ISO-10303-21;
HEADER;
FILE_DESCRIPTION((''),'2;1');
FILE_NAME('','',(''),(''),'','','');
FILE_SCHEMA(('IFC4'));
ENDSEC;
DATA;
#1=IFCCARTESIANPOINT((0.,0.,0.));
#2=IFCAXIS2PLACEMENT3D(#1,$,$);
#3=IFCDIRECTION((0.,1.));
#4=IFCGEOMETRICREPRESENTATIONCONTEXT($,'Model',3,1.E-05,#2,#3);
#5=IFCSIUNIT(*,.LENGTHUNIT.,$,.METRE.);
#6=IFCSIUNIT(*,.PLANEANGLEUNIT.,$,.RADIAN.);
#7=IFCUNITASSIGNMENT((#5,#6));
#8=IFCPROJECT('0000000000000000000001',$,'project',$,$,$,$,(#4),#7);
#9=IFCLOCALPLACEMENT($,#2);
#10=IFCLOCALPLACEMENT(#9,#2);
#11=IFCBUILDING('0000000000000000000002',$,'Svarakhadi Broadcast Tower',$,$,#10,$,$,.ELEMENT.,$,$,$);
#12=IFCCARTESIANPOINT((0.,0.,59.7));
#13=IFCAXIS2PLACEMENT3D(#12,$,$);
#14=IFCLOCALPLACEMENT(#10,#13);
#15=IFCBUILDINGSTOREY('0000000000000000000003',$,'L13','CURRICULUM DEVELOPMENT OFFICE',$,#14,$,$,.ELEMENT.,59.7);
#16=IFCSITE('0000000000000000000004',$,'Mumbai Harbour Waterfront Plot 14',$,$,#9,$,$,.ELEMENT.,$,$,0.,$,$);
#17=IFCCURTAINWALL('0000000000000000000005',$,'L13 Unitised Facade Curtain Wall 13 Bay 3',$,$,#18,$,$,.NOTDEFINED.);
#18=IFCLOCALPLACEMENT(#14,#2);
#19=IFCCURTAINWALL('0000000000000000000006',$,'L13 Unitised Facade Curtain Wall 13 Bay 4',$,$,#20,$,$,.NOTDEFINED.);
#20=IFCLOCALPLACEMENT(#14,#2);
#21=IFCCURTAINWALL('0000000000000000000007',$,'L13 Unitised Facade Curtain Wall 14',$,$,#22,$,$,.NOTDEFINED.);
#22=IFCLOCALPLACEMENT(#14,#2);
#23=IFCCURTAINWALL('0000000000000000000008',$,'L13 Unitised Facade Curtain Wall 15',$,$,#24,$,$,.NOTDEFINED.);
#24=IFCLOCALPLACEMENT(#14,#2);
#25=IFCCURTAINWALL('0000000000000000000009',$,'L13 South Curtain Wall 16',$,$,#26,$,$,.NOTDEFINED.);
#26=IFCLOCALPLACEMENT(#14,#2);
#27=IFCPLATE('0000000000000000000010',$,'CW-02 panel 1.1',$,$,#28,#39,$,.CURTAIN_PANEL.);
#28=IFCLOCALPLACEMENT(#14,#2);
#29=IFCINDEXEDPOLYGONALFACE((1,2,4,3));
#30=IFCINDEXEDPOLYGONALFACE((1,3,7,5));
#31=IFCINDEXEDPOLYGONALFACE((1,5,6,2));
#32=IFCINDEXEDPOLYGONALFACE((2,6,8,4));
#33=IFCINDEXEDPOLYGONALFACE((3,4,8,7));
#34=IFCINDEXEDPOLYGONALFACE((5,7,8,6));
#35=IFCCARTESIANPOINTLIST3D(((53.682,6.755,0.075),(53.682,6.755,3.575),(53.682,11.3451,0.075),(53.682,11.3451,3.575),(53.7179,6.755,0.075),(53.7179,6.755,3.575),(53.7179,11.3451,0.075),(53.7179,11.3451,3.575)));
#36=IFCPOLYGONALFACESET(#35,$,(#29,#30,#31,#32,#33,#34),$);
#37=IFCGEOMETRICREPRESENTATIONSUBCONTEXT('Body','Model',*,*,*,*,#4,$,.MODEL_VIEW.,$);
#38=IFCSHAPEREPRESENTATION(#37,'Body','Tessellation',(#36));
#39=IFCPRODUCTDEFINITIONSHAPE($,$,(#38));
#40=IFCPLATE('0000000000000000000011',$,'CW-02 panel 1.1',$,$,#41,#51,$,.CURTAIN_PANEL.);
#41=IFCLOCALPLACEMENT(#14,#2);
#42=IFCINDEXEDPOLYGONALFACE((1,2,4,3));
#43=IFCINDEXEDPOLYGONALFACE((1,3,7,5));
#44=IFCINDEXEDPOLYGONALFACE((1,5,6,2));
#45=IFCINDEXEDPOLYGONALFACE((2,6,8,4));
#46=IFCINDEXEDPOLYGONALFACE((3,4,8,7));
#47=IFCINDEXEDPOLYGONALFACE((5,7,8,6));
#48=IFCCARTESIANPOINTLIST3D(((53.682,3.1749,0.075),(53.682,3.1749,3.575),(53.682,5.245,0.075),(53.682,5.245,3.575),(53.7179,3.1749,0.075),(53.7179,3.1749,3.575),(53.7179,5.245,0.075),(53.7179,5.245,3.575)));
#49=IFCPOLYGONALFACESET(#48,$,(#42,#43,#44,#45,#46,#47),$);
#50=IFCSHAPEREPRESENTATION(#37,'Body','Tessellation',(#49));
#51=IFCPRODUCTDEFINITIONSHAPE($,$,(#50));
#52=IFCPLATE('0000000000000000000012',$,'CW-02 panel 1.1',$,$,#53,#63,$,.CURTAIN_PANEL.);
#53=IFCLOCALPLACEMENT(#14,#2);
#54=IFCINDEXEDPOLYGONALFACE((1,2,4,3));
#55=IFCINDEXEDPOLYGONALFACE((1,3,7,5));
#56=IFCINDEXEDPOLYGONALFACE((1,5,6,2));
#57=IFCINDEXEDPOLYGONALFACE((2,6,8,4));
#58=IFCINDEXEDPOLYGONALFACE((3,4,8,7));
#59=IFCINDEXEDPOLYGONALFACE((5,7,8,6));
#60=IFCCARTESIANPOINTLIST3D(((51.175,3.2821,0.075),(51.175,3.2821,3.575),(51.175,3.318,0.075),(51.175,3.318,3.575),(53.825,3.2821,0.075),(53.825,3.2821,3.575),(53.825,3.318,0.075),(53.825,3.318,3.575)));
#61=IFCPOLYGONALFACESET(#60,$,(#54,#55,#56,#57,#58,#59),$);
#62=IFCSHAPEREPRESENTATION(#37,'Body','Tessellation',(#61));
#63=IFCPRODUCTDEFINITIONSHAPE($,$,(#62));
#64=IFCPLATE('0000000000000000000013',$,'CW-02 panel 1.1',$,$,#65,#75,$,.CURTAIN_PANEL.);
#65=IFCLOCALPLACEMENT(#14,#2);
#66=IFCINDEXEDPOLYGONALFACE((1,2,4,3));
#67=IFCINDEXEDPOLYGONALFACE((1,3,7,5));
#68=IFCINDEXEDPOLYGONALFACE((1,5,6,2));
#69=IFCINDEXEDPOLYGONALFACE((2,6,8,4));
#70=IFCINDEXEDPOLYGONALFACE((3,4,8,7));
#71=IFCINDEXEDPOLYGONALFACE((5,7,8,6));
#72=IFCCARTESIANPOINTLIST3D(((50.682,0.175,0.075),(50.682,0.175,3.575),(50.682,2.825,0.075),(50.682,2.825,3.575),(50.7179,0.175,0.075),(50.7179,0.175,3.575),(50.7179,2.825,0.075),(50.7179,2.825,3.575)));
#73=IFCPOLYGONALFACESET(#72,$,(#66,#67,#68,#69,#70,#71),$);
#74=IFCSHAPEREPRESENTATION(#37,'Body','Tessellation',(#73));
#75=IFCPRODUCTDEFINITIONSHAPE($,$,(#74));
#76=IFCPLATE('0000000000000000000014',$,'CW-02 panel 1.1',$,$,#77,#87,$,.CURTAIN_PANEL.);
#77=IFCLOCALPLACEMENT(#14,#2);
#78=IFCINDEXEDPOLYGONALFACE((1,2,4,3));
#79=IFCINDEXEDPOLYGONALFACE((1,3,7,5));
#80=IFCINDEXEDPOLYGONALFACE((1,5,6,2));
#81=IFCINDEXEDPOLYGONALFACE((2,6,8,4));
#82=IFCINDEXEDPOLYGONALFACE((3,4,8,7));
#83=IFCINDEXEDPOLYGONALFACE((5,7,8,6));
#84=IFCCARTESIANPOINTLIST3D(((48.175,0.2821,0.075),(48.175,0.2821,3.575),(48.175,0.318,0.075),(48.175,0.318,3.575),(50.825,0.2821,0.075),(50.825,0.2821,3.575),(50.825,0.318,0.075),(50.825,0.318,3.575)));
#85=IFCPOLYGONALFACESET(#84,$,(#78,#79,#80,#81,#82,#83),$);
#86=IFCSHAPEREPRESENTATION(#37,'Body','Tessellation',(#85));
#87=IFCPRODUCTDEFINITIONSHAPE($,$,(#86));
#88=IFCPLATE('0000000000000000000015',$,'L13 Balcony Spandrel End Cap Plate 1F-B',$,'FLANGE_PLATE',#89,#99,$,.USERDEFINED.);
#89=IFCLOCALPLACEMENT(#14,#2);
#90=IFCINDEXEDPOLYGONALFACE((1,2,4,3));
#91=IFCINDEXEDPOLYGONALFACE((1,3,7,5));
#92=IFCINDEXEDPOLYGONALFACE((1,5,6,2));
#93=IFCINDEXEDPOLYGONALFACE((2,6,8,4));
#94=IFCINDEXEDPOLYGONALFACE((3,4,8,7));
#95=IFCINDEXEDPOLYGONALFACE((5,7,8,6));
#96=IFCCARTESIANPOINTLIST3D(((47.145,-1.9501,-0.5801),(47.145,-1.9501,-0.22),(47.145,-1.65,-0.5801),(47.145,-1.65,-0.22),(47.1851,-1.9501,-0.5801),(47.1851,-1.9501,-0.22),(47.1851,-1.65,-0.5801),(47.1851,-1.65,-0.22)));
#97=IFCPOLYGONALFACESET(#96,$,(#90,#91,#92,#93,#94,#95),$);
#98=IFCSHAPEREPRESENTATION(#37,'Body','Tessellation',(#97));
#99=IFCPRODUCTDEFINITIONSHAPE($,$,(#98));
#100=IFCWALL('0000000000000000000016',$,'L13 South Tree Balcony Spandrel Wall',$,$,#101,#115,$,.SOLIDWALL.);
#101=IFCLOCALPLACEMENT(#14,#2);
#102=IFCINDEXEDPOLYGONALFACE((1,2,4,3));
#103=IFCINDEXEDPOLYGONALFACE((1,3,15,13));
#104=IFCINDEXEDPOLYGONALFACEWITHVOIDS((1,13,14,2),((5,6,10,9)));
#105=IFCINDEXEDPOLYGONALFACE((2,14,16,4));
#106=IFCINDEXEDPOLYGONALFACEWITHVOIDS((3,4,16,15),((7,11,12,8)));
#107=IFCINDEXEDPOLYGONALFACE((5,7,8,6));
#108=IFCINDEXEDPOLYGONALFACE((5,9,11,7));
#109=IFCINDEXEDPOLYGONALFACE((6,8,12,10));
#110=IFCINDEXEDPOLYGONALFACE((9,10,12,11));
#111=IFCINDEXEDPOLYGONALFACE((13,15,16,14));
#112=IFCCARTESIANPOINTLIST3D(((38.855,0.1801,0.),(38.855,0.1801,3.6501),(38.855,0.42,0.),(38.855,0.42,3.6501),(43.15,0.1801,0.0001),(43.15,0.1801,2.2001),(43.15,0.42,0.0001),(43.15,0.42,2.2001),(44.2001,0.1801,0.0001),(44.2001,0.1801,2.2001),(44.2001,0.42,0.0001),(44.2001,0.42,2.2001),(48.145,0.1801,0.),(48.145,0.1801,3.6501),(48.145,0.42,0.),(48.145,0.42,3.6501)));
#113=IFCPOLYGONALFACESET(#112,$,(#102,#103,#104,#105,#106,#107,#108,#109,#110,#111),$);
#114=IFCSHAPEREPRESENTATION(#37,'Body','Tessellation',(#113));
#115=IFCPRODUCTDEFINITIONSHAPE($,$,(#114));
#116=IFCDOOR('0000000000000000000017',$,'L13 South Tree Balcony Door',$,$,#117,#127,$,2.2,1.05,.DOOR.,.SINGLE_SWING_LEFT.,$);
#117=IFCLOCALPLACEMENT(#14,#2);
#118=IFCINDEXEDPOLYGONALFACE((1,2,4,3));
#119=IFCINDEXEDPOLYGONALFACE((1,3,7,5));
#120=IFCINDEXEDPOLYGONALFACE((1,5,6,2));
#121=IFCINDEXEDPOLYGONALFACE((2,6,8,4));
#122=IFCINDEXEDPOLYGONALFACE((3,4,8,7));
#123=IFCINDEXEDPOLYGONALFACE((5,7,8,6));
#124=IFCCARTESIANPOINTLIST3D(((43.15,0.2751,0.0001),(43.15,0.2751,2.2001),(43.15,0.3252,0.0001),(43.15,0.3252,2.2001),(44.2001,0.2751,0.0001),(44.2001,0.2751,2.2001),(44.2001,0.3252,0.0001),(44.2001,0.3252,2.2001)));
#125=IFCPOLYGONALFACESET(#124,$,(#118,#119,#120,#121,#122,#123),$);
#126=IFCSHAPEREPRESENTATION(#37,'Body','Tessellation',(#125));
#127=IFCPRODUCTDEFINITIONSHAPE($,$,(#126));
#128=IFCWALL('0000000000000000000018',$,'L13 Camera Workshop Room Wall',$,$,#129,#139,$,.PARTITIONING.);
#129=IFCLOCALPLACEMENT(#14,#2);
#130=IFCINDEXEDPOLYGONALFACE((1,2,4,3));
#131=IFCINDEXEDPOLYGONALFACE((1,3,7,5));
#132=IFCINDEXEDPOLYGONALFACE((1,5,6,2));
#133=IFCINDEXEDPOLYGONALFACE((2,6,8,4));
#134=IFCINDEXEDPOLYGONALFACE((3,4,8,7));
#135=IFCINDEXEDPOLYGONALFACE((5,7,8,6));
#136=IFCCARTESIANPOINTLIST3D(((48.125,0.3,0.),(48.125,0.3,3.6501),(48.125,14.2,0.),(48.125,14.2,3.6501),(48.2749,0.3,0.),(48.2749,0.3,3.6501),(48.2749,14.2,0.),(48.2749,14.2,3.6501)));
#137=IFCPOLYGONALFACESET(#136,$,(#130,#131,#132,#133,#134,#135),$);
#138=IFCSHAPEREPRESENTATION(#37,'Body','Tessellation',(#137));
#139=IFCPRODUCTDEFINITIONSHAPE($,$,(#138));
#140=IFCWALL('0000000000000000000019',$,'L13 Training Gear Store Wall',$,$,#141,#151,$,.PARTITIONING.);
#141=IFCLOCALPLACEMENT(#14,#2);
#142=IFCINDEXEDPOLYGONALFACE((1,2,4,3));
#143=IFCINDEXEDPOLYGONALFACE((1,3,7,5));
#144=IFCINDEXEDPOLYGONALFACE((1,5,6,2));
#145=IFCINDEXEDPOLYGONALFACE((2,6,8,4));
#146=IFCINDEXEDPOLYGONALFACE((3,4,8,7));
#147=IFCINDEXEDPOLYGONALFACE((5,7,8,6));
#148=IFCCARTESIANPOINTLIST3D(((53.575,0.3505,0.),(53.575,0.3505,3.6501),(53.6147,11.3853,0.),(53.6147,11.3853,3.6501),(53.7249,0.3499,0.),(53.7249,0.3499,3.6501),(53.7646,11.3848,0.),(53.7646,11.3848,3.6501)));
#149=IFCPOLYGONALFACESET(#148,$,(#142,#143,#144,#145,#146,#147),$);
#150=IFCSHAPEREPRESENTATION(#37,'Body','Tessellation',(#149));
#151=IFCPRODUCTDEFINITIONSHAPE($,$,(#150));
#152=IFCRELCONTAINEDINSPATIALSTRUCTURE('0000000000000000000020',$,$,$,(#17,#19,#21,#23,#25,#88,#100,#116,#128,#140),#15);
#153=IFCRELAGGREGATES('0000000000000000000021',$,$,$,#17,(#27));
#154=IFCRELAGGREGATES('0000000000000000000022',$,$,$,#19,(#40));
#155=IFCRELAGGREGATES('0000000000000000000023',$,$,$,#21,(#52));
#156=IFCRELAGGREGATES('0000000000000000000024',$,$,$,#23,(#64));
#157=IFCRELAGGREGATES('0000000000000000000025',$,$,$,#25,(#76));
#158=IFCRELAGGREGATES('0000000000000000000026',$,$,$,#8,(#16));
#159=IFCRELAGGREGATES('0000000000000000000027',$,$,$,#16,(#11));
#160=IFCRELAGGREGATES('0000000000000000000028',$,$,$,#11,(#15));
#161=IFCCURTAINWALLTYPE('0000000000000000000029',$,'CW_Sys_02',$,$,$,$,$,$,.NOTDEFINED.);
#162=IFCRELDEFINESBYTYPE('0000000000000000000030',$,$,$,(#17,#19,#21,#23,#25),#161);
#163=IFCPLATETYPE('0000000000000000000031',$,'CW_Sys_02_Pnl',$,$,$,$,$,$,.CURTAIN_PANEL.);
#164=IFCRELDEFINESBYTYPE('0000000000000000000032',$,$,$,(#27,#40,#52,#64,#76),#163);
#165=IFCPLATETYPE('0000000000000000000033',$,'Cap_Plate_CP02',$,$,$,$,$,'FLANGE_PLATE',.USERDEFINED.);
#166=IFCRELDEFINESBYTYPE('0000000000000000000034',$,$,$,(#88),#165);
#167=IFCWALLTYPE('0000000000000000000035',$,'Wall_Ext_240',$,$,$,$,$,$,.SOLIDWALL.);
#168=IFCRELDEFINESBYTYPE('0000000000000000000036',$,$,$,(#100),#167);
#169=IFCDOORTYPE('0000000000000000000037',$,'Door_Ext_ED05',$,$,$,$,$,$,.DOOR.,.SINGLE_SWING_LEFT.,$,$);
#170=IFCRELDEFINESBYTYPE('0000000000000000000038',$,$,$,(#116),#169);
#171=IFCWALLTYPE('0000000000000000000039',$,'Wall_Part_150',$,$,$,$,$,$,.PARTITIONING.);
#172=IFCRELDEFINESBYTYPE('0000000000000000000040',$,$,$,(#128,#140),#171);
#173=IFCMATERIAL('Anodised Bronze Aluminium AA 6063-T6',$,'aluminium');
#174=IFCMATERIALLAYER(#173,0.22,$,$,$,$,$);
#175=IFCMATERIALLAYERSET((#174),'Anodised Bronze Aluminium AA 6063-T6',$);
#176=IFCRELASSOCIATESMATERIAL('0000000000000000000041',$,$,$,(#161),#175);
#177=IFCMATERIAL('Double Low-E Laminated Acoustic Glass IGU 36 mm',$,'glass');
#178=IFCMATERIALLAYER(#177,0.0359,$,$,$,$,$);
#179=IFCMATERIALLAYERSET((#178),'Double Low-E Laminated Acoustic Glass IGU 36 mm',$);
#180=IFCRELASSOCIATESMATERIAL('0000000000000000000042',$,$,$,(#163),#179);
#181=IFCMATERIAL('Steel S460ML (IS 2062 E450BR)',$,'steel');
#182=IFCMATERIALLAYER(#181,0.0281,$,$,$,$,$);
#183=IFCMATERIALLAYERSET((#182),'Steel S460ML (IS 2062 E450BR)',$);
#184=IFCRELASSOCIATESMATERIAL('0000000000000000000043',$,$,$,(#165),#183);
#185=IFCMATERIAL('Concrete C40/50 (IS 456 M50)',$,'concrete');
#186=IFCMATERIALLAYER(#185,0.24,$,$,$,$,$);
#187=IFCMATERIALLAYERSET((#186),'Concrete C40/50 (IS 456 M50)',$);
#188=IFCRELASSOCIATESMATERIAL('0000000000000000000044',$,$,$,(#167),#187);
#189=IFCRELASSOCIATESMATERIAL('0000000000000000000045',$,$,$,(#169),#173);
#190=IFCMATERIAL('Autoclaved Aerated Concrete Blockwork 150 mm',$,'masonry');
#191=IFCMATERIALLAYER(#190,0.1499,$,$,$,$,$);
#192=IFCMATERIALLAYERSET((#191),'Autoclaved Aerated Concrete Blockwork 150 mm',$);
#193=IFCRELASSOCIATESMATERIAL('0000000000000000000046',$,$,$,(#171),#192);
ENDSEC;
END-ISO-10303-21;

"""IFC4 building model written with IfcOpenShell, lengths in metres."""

from ifc_helpers import new_model, si_unit, direction, frame, frame_2d, origin, origin_2d, place, context, subcontext, project, spatial, rectangle, extrude, material, layer, layer_set, type_object, element, fill, aggregate, save


model = new_model("IFC4")

# Units and contexts
model_context = context("Model", 3, precision=1e-05, world=origin(), true_north=direction((0.0, 1.0)))
body_context = subcontext(model_context, "Body", "Model", "MODEL_VIEW")
ifc_project = project(units=[si_unit("LENGTHUNIT", "METRE"), si_unit("PLANEANGLEUNIT", "RADIAN")], contexts=[model_context])

# Site, building, storey
site_placement = place(None, origin())
site = spatial("IfcSite", under=ifc_project, at=site_placement, Name="Mumbai Harbour Waterfront Plot 14", CompositionType="ELEMENT", RefElevation=0.0)
building_placement = place(site_placement, origin())
building = spatial("IfcBuilding", under=site, at=building_placement, Name="Svarakhadi Broadcast Tower", CompositionType="ELEMENT")
storey_placement = place(building_placement, frame((0.0, 0.0, 59.7)))
storey = spatial("IfcBuildingStorey", under=building, at=storey_placement, Name="L13", Description="CURRICULUM DEVELOPMENT OFFICE", CompositionType="ELEMENT", Elevation=59.7)

# Shared definitions
ifc_material_1 = material(Name="Steel S460ML (IS 2062 E450BR)", Category="steel")

# Curtain walls
ifc_material_2 = material(Name="Anodised Bronze Aluminium AA 6063-T6", Category="aluminium")
ifc_layer_1 = layer(ifc_material_2, 0.22)
ifc_layer_set_1 = layer_set([ifc_layer_1], Name="Anodised Bronze Aluminium AA 6063-T6")
curtain_wall_type = type_object("IfcCurtainWallType", Name="CW_Sys_02", PredefinedType="NOTDEFINED", material=ifc_layer_set_1)
curtain_wall_1_placement = place(storey_placement, origin())
curtain_wall_1 = element("IfcCurtainWall", 1, at=curtain_wall_1_placement, inside=storey, type_object=curtain_wall_type, Name="L13 Unitised Facade Curtain Wall 13 Bay 3", PredefinedType="NOTDEFINED")
curtain_wall_2_placement = place(storey_placement, origin())
curtain_wall_2 = element("IfcCurtainWall", 2, at=curtain_wall_2_placement, inside=storey, type_object=curtain_wall_type, Name="L13 Unitised Facade Curtain Wall 13 Bay 4", PredefinedType="NOTDEFINED")
curtain_wall_3_placement = place(storey_placement, origin())
curtain_wall_3 = element("IfcCurtainWall", 3, at=curtain_wall_3_placement, inside=storey, type_object=curtain_wall_type, Name="L13 Unitised Facade Curtain Wall 14", PredefinedType="NOTDEFINED")
curtain_wall_4_placement = place(storey_placement, origin())
curtain_wall_4 = element("IfcCurtainWall", 4, at=curtain_wall_4_placement, inside=storey, type_object=curtain_wall_type, Name="L13 Unitised Facade Curtain Wall 15", PredefinedType="NOTDEFINED")
curtain_wall_5_placement = place(storey_placement, origin())
curtain_wall_5 = element("IfcCurtainWall", 5, at=curtain_wall_5_placement, inside=storey, type_object=curtain_wall_type, Name="L13 South Curtain Wall 16", PredefinedType="NOTDEFINED")

# Plates
ifc_material_3 = material(Name="Double Low-E Laminated Acoustic Glass IGU 36 mm", Category="glass")
ifc_layer_2 = layer(ifc_material_3, 0.0359)
ifc_layer_set_2 = layer_set([ifc_layer_2], Name="Double Low-E Laminated Acoustic Glass IGU 36 mm")
plate_type_1 = type_object("IfcPlateType", Name="CW_Sys_02_Pnl", PredefinedType="CURTAIN_PANEL", material=ifc_layer_set_2)
plate_1_placement = place(storey_placement, frame((53.7, 9.05, 0.075), z_axis=(0.0, 0.0, 1.0), x_axis=(0.0, -1.0, 0.0)))
plate_1 = element("IfcPlate", 6, at=plate_1_placement, type_object=plate_type_1, Name="CW-02 panel 1.1", PredefinedType="CURTAIN_PANEL", context=body_context, shape_type="SweptSolid", body=[
    extrude(rectangle(XDim=4.5901, YDim=0.0359, at=origin_2d()), origin(), (0.0, 0.0, 1.0), 3.5),
])
aggregate(curtain_wall_1, [plate_1])
plate_2_placement = place(storey_placement, frame((53.7, 4.21, 0.075), z_axis=(0.0, 0.0, 1.0), x_axis=(0.0, -1.0, 0.0)))
plate_2 = element("IfcPlate", 7, at=plate_2_placement, type_object=plate_type_1, Name="CW-02 panel 1.1", PredefinedType="CURTAIN_PANEL", context=body_context, shape_type="SweptSolid", body=[
    extrude(rectangle(XDim=2.0701, YDim=0.0359, at=origin_2d()), origin(), (0.0, 0.0, 1.0), 3.5),
])
aggregate(curtain_wall_2, [plate_2])
plate_3_placement = place(storey_placement, frame((52.5, 3.3, 0.075), z_axis=(0.0, 0.0, 1.0), x_axis=(-1.0, 0.0, 0.0)))
plate_3 = element("IfcPlate", 8, at=plate_3_placement, type_object=plate_type_1, Name="CW-02 panel 1.1", PredefinedType="CURTAIN_PANEL", context=body_context, shape_type="SweptSolid", body=[
    extrude(rectangle(XDim=2.6499, YDim=0.0359, at=origin_2d()), origin(), (0.0, 0.0, 1.0), 3.5),
])
aggregate(curtain_wall_3, [plate_3])
plate_4_placement = place(storey_placement, frame((50.7, 1.5, 0.075), z_axis=(0.0, 0.0, 1.0), x_axis=(0.0, -1.0, 0.0)))
plate_4 = element("IfcPlate", 9, at=plate_4_placement, type_object=plate_type_1, Name="CW-02 panel 1.1", PredefinedType="CURTAIN_PANEL", context=body_context, shape_type="SweptSolid", body=[
    extrude(rectangle(XDim=2.6499, YDim=0.0359, at=origin_2d()), origin(), (0.0, 0.0, 1.0), 3.5),
])
aggregate(curtain_wall_4, [plate_4])
plate_5_placement = place(storey_placement, frame((49.5, 0.3, 0.075), z_axis=(0.0, 0.0, 1.0), x_axis=(-1.0, 0.0, 0.0)))
plate_5 = element("IfcPlate", 10, at=plate_5_placement, type_object=plate_type_1, Name="CW-02 panel 1.1", PredefinedType="CURTAIN_PANEL", context=body_context, shape_type="SweptSolid", body=[
    extrude(rectangle(XDim=2.6499, YDim=0.0359, at=origin_2d()), origin(), (0.0, 0.0, 1.0), 3.5),
])
aggregate(curtain_wall_5, [plate_5])
ifc_layer_3 = layer(ifc_material_1, 0.0281)
ifc_layer_set_3 = layer_set([ifc_layer_3], Name="Steel S460ML (IS 2062 E450BR)")
plate_type_2 = type_object("IfcPlateType", Name="Cap_Plate_CP02", ElementType="FLANGE_PLATE", PredefinedType="USERDEFINED", material=ifc_layer_set_3)
plate_6_placement = place(storey_placement, frame((47.165, -1.8, -0.5801), z_axis=(0.0, 0.0, 1.0), x_axis=(1.0, 0.0, 0.0)))
element("IfcPlate", 11, at=plate_6_placement, inside=storey, type_object=plate_type_2, Name="L13 Balcony Spandrel End Cap Plate 1F-B", ObjectType="FLANGE_PLATE", PredefinedType="USERDEFINED", context=body_context, shape_type="SweptSolid", body=[
    extrude(rectangle(XDim=0.04, YDim=0.3, at=origin_2d()), origin(), (0.0, 0.0, 1.0), 0.3601),
])

# Wall, opening, door
ifc_material_4 = material(Name="Concrete C40/50 (IS 456 M50)", Category="concrete")
ifc_layer_4 = layer(ifc_material_4, 0.24)
ifc_layer_set_4 = layer_set([ifc_layer_4], Name="Concrete C40/50 (IS 456 M50)")
wall_type_1 = type_object("IfcWallType", Name="Wall_Ext_240", PredefinedType="SOLIDWALL", material=ifc_layer_set_4)
wall_1_placement = place(storey_placement, frame((48.145, 0.3, 0.0), z_axis=(0.0, 0.0, 1.0), x_axis=(-1.0, 0.0, 0.0)))
wall_1 = element("IfcWall", 12, at=wall_1_placement, inside=storey, type_object=wall_type_1, Name="L13 South Tree Balcony Spandrel Wall", PredefinedType="SOLIDWALL", context=body_context, shape_type="SweptSolid", body=[
    extrude(rectangle(XDim=9.29, YDim=0.24, at=frame_2d((4.645, 0.0))), origin(), (0.0, 0.0, 1.0), 3.6501),
])
opening_placement = place(wall_1_placement, frame((3.9451, 0.0, 0.0)))
opening = element("IfcOpeningElement", 13, at=opening_placement, cuts=wall_1, PredefinedType="OPENING", context=body_context, shape_type="SweptSolid", body=[
    extrude(rectangle(XDim=1.05, YDim=2.2, at=frame_2d((0.5249, 1.1001))), frame((0.0, 0.1299, 0.0), z_axis=(0.0, -1.0, 0.0), x_axis=(1.0, 0.0, 0.0)), (0.0, 0.0, 1.0), 0.26),
])
door_type = type_object("IfcDoorType", Name="Door_Ext_ED05", OperationType="SINGLE_SWING_LEFT", PredefinedType="DOOR", material=ifc_material_2)
door_placement = place(opening_placement, origin())
door = element("IfcDoor", 14, at=door_placement, inside=storey, type_object=door_type, Name="L13 South Tree Balcony Door", OperationType="SINGLE_SWING_LEFT", OverallHeight=2.2, OverallWidth=1.05, PredefinedType="DOOR", context=body_context, shape_type="SweptSolid", body=[
    extrude(rectangle(XDim=1.05, YDim=2.2, at=frame_2d((0.5249, 1.1001))), frame((0.0, 0.0249, 0.0), z_axis=(0.0, -1.0, 0.0), x_axis=(1.0, 0.0, 0.0)), (0.0, 0.0, 1.0), 0.05),
])
fill(opening, door)

# Walls
ifc_material_5 = material(Name="Autoclaved Aerated Concrete Blockwork 150 mm", Category="masonry")
ifc_layer_5 = layer(ifc_material_5, 0.1499)
ifc_layer_set_5 = layer_set([ifc_layer_5], Name="Autoclaved Aerated Concrete Blockwork 150 mm")
wall_type_2 = type_object("IfcWallType", Name="Wall_Part_150", PredefinedType="PARTITIONING", material=ifc_layer_set_5)
wall_2_placement = place(storey_placement, frame((48.2, 0.3, 0.0), z_axis=(0.0, 0.0, 1.0), x_axis=(0.0, 1.0, 0.0)))
element("IfcWall", 15, at=wall_2_placement, inside=storey, type_object=wall_type_2, Name="L13 Camera Workshop Room Wall", PredefinedType="PARTITIONING", context=body_context, shape_type="SweptSolid", body=[
    extrude(rectangle(XDim=13.8999, YDim=0.1499, at=frame_2d((6.95, 0.0))), origin(), (0.0, 0.0, 1.0), 3.6501),
])
wall_3_placement = place(storey_placement, frame((53.6499, 0.3501, 0.0), z_axis=(0.0, 0.0, 1.0), x_axis=(0.003606, 0.999993, 0.0)))
element("IfcWall", 16, at=wall_3_placement, inside=storey, type_object=wall_type_2, Name="L13 Training Gear Store Wall", PredefinedType="PARTITIONING", context=body_context, shape_type="SweptSolid", body=[
    extrude(rectangle(XDim=11.0349, YDim=0.1499, at=frame_2d((5.5176, 0.0))), origin(), (0.0, 0.0, 1.0), 3.6501),
])

save(model, "model.ifc")
